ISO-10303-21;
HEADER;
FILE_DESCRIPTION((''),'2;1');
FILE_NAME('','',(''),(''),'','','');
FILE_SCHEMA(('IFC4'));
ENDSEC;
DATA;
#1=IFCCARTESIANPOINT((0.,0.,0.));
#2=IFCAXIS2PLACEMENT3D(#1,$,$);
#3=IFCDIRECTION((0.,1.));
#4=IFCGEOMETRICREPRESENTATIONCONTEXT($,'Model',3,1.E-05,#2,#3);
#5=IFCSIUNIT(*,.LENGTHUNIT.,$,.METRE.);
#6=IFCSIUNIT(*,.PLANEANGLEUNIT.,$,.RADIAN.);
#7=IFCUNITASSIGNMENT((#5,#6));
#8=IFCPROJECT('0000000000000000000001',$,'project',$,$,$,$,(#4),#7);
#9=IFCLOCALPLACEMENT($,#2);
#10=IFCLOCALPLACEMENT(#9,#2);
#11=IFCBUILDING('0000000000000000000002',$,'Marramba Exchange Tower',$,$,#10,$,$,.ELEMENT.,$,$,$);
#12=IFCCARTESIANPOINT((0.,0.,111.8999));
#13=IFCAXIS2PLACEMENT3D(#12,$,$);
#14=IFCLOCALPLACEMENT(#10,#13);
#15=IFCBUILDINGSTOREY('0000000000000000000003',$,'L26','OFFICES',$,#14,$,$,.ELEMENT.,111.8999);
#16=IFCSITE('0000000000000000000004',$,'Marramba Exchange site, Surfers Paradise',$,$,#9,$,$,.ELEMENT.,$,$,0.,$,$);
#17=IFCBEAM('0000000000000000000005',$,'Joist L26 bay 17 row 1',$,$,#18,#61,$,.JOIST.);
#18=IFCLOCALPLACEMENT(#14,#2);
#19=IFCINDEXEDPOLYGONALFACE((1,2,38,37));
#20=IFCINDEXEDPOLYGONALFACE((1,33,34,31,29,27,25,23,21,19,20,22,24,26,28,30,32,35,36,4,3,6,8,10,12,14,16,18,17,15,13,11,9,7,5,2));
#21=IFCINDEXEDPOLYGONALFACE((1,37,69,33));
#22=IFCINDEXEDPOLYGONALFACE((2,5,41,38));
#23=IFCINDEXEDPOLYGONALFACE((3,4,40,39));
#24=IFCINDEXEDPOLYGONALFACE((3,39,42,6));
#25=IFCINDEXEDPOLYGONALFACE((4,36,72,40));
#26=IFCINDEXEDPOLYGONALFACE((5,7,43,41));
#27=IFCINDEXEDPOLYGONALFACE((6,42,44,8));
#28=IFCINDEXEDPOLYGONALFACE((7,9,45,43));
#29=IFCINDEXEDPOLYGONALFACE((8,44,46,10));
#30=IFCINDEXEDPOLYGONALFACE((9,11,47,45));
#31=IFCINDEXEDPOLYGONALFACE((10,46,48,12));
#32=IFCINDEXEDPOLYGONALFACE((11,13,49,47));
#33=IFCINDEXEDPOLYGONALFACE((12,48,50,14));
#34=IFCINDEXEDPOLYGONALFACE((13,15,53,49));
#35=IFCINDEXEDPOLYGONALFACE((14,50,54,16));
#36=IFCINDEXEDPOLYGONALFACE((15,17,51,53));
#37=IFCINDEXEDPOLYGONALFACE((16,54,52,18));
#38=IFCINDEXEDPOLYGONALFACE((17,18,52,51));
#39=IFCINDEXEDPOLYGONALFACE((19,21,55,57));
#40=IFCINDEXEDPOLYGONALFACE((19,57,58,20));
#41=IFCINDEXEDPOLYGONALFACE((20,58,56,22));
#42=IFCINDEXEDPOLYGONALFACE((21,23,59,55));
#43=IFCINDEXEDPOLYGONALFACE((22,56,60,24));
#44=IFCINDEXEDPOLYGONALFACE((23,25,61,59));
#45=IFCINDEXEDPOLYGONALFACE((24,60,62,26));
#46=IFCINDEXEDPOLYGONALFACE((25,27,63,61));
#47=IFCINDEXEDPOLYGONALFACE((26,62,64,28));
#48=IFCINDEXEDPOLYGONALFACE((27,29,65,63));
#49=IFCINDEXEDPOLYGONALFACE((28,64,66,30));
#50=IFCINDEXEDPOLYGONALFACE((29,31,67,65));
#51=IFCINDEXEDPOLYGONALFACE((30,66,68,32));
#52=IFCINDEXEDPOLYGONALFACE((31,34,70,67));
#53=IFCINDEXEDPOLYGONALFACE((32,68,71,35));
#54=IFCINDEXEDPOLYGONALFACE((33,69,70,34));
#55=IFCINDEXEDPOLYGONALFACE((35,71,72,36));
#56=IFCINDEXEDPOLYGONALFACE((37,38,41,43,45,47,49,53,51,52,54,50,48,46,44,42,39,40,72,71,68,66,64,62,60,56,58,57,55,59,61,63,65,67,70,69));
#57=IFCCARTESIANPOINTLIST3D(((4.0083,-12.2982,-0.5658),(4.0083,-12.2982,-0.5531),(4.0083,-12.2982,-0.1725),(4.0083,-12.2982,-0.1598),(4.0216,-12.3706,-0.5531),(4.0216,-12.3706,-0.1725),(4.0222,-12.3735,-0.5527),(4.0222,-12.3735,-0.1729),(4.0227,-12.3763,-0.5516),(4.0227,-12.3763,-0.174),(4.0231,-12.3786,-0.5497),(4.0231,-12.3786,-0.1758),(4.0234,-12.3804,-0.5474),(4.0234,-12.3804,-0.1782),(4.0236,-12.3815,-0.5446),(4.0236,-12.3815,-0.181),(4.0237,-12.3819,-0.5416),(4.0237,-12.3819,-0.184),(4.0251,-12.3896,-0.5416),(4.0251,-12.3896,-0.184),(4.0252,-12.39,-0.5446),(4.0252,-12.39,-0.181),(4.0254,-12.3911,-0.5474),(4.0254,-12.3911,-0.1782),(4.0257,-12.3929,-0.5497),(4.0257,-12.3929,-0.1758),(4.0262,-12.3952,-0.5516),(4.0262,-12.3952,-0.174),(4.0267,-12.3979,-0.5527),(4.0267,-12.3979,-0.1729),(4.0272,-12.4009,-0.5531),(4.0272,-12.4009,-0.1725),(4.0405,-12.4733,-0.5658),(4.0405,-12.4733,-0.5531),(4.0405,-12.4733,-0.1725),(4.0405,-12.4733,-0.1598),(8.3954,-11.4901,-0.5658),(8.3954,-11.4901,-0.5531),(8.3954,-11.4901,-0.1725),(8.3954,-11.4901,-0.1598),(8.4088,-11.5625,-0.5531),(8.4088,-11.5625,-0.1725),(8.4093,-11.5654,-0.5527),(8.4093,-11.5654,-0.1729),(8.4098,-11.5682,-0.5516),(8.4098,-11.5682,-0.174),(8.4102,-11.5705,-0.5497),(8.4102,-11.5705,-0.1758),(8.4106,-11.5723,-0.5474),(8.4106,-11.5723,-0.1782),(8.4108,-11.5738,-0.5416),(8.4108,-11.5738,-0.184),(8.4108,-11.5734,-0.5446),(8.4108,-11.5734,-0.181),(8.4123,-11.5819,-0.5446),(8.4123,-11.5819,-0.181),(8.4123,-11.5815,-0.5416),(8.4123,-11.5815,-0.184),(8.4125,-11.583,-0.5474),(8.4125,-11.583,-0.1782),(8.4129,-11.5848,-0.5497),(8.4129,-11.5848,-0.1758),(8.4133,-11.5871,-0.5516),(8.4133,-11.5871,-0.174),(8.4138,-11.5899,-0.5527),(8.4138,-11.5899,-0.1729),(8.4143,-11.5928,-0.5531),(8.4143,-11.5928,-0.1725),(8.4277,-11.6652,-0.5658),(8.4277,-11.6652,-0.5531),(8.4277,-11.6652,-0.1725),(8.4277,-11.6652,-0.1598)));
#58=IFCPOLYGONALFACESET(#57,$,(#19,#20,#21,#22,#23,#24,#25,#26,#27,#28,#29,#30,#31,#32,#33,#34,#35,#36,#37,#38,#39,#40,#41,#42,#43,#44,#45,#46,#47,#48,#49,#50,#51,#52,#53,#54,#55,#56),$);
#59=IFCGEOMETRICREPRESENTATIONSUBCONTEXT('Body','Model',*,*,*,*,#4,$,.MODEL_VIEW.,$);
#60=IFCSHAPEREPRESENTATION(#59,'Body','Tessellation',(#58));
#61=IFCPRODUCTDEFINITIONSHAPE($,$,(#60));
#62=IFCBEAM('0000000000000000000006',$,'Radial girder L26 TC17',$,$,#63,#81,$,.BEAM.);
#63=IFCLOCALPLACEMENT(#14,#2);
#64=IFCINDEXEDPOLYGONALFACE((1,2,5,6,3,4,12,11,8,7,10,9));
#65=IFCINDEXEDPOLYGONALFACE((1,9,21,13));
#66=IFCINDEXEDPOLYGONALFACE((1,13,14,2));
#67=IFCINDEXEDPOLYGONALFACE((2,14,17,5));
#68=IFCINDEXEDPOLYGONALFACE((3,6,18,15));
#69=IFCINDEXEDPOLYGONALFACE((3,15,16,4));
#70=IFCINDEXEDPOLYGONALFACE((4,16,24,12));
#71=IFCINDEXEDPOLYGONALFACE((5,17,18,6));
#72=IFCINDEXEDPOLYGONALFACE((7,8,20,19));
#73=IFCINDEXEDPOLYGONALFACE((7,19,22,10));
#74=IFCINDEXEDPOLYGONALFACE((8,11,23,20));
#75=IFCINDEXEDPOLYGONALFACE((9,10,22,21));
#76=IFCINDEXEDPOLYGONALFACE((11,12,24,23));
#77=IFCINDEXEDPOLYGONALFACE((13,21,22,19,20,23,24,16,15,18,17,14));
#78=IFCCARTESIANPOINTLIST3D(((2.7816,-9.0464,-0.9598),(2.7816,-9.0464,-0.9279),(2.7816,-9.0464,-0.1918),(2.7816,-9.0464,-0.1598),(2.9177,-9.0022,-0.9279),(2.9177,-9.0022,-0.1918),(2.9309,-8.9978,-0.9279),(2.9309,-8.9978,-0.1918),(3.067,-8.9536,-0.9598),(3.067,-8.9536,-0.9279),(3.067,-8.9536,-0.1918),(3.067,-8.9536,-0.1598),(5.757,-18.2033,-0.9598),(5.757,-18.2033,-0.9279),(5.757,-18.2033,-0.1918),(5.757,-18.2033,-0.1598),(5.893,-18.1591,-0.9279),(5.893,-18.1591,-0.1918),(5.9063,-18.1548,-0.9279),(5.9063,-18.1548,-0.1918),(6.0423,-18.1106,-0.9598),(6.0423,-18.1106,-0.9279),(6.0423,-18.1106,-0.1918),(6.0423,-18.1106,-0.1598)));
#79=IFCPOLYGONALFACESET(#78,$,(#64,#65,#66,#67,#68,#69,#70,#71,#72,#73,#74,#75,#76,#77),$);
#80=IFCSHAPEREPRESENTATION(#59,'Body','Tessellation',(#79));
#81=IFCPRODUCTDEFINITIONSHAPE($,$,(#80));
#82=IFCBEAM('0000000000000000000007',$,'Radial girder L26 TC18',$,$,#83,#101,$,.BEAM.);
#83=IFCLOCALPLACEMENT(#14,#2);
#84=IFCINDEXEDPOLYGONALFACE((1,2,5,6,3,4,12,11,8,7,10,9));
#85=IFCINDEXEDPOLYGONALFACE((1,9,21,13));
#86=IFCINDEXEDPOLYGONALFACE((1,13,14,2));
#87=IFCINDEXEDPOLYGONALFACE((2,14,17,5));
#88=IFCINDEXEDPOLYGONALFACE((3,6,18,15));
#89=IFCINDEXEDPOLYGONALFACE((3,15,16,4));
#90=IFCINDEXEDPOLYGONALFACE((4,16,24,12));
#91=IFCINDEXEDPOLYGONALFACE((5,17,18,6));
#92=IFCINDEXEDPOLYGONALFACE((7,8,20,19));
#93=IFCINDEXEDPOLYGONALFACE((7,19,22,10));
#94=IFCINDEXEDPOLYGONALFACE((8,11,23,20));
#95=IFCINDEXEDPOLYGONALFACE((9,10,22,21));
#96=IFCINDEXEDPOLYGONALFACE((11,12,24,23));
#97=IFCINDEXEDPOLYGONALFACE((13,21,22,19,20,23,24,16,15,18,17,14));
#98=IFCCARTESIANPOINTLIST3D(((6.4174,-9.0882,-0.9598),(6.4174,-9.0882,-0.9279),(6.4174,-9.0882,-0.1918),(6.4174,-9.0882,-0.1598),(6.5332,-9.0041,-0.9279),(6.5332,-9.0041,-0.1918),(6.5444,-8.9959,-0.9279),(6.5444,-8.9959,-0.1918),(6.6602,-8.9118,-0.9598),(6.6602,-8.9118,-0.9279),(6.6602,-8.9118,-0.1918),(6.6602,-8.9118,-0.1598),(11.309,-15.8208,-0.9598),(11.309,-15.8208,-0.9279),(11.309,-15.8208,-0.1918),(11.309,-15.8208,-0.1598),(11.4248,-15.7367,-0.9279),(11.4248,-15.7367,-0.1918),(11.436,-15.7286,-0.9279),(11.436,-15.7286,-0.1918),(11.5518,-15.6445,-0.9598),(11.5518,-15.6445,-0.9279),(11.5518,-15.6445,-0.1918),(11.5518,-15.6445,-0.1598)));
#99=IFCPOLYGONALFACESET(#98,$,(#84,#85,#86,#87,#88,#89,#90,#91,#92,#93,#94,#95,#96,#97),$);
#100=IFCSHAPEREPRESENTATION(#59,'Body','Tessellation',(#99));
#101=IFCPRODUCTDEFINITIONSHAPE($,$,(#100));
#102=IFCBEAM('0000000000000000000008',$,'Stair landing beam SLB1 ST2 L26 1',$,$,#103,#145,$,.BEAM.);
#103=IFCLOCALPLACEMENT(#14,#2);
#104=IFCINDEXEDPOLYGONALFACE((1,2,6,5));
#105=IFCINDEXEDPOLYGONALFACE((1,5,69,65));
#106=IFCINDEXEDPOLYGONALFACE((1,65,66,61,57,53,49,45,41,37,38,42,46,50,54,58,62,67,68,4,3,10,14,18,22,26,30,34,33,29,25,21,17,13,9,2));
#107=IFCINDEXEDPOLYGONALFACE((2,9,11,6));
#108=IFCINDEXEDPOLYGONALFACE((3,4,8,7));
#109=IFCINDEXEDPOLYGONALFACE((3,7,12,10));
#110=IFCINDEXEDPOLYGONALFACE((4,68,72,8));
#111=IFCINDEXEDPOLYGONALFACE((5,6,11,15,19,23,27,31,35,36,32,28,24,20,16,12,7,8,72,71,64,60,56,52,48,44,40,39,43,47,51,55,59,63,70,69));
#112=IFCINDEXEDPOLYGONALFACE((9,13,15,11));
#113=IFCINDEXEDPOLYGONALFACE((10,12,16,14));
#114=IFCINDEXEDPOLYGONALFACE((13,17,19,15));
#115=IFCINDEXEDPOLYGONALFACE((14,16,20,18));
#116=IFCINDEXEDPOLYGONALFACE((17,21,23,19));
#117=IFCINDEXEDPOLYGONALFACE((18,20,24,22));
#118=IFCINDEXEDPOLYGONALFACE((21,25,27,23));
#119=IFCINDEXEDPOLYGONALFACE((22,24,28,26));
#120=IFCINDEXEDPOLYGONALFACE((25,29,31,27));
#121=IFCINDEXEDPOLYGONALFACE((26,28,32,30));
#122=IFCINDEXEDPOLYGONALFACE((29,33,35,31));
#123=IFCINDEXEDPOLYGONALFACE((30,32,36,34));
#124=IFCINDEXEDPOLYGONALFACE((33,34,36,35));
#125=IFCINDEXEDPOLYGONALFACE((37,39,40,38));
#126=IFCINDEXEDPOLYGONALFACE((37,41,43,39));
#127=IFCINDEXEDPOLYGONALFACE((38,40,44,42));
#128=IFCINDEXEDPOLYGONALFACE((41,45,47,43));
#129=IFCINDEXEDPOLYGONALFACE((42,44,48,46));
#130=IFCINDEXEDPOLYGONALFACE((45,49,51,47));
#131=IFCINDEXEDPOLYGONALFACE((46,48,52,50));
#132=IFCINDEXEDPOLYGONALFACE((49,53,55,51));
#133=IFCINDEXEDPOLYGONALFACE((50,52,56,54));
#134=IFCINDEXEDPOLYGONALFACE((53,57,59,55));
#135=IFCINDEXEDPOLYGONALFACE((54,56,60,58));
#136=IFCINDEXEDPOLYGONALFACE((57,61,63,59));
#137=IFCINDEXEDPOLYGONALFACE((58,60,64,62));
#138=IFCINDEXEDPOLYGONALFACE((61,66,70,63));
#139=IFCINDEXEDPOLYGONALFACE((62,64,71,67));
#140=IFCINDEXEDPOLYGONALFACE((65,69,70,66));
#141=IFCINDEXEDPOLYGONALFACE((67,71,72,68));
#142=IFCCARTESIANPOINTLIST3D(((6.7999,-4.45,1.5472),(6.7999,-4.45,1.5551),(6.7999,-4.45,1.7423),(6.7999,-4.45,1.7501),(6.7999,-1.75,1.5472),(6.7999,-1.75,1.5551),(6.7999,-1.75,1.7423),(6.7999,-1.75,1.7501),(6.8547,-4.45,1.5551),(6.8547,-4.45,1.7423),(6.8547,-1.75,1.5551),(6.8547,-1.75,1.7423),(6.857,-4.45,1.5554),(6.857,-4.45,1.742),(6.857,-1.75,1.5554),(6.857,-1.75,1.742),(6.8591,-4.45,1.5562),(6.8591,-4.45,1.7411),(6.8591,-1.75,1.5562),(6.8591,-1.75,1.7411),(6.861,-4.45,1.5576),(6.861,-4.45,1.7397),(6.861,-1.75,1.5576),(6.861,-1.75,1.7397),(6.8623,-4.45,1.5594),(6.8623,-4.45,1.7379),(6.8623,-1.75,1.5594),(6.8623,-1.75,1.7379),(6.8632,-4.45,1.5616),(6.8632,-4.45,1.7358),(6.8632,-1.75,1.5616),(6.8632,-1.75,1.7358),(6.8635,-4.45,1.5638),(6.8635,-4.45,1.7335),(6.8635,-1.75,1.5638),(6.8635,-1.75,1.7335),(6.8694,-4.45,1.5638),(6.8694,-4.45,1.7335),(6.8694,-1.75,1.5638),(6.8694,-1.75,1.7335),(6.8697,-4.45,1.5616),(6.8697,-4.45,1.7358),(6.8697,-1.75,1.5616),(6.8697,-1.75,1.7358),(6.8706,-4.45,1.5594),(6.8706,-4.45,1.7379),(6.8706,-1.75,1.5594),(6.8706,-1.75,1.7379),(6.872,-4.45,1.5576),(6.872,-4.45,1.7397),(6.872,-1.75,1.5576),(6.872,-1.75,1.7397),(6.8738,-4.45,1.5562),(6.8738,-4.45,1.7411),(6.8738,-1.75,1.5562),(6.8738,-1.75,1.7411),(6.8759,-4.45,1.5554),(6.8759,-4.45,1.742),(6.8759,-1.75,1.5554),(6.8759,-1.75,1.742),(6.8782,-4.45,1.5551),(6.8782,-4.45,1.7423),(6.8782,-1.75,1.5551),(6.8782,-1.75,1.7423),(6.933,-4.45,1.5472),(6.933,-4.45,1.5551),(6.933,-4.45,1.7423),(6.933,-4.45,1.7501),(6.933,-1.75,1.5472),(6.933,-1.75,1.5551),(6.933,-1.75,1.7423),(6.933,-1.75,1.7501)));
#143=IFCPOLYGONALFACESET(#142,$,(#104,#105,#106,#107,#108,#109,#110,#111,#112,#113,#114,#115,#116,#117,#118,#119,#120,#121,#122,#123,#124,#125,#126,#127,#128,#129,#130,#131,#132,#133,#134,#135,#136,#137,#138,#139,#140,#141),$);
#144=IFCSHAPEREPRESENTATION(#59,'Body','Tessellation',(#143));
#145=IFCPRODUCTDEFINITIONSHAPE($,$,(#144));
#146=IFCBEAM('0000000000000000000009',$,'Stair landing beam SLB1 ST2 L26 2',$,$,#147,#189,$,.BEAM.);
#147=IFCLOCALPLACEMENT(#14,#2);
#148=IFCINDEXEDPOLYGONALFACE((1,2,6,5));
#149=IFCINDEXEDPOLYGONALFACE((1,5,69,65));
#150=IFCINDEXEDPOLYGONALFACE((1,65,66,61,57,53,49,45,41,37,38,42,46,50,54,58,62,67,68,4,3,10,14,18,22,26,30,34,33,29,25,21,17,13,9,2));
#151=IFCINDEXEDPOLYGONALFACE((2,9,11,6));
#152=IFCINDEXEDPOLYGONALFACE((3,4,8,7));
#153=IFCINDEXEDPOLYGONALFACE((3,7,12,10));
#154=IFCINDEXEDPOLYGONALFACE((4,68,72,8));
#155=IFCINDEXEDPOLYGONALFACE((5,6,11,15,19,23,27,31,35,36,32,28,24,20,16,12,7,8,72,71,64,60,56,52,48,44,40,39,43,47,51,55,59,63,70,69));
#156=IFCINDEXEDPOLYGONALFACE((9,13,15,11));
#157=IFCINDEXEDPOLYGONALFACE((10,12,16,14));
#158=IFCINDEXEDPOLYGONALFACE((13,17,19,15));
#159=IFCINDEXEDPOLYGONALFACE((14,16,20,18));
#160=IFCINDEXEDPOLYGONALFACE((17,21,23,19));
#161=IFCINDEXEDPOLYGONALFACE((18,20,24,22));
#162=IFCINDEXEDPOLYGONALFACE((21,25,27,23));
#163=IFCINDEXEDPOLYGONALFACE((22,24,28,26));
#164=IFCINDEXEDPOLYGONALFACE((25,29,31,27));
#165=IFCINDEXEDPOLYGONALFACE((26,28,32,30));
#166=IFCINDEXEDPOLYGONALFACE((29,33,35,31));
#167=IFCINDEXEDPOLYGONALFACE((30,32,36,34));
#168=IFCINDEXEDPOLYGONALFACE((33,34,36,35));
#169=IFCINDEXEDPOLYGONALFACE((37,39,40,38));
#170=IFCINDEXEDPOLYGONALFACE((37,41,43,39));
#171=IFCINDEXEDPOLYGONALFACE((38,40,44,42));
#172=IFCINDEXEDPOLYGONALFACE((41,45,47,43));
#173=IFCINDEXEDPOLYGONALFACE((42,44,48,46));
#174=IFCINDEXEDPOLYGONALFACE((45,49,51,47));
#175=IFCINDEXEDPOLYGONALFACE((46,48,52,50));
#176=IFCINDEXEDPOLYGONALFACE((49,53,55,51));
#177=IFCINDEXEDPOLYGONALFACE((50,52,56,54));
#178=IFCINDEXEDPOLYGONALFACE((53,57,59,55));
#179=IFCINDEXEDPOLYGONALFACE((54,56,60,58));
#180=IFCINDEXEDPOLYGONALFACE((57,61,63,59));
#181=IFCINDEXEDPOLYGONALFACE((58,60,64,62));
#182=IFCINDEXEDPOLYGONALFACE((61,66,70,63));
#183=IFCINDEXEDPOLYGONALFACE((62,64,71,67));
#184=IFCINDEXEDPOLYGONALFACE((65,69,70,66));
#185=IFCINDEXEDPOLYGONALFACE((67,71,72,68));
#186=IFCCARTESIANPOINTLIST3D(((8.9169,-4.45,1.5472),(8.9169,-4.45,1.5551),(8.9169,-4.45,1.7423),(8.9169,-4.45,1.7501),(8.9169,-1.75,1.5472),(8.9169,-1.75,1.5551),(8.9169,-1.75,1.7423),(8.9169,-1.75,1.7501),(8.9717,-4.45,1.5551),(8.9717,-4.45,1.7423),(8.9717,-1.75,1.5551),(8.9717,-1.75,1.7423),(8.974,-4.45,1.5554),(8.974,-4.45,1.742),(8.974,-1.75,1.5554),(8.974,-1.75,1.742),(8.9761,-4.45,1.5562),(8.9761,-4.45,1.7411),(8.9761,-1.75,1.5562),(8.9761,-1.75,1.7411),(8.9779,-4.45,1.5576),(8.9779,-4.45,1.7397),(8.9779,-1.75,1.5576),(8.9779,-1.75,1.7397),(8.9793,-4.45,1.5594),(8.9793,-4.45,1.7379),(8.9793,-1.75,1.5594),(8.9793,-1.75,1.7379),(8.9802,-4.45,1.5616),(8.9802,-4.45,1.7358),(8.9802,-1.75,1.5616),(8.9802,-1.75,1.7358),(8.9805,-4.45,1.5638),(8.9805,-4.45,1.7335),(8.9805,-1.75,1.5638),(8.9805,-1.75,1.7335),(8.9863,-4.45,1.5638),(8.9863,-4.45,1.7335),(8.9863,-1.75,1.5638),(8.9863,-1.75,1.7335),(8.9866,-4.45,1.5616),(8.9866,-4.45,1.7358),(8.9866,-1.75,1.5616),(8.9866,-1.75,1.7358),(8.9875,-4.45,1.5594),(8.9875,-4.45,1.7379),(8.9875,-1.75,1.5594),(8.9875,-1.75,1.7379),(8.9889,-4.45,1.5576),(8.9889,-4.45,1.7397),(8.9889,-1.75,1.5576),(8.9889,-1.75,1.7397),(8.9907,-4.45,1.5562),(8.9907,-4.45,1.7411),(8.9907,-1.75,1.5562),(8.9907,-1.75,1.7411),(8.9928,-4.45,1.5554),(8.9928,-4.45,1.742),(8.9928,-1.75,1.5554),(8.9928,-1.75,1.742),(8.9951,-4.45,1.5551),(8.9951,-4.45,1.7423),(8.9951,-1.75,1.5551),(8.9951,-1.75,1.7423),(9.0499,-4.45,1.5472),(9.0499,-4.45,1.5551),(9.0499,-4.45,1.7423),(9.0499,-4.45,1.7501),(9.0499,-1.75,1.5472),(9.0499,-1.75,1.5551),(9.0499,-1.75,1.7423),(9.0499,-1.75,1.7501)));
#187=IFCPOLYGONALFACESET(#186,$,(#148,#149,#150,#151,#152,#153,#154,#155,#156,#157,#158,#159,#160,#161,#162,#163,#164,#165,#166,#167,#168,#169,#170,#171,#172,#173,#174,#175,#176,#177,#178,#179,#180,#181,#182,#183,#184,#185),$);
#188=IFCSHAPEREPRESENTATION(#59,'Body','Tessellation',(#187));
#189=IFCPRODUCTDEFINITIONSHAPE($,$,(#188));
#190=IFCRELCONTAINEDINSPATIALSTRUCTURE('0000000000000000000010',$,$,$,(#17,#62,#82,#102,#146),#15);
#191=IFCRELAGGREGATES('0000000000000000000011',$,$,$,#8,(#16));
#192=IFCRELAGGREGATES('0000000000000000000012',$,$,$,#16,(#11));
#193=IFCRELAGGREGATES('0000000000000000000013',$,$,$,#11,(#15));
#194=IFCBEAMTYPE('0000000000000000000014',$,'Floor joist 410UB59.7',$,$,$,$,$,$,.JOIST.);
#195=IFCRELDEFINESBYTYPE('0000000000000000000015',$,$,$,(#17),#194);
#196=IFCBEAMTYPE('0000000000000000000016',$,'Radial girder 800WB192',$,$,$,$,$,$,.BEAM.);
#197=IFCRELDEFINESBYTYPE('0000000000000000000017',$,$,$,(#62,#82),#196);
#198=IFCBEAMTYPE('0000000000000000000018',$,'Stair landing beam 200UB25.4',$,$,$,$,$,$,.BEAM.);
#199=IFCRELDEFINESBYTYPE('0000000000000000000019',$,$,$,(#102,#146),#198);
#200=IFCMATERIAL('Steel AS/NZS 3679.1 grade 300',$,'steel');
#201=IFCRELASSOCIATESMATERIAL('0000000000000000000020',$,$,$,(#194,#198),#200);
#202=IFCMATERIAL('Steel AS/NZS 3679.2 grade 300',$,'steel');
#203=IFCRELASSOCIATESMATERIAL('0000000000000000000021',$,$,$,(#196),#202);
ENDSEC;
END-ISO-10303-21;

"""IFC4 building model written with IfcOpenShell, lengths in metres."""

from ifc_helpers import new_model, si_unit, direction, frame, origin, origin_2d, place, context, subcontext, project, spatial, i_section, extrude, material, material_profile, profile_set, type_object, element, save


model = new_model("IFC4")

# Units and contexts
model_context = context("Model", 3, precision=1e-05, world=origin(), true_north=direction((0.0, 1.0)))
body_context = subcontext(model_context, "Body", "Model", "MODEL_VIEW")
ifc_project = project(units=[si_unit("LENGTHUNIT", "METRE"), si_unit("PLANEANGLEUNIT", "RADIAN")], contexts=[model_context])

# Site, building, storey
site_placement = place(None, origin())
site = spatial("IfcSite", under=ifc_project, at=site_placement, Name="Marramba Exchange site, Surfers Paradise", CompositionType="ELEMENT", RefElevation=0.0)
building_placement = place(site_placement, origin())
building = spatial("IfcBuilding", under=site, at=building_placement, Name="Marramba Exchange Tower", CompositionType="ELEMENT")
storey_placement = place(building_placement, frame((0.0, 0.0, 111.8999)))
storey = spatial("IfcBuildingStorey", under=building, at=storey_placement, Name="L26", Description="OFFICES", CompositionType="ELEMENT", Elevation=111.8999)

# Beams
ifc_material_1 = material(Name="Steel AS/NZS 3679.1 grade 300", Category="steel")
ifc_material_profile_1 = material_profile(ifc_material_1, i_section(OverallWidth=0.178, OverallDepth=0.406, WebThickness=0.0078, FlangeThickness=0.0127, FilletRadius=0.0115, at=origin_2d()), Name="410UB59.7")
ifc_profile_set_1 = profile_set([ifc_material_profile_1], Name="Steel AS/NZS 3679.1 grade 300")
beam_type_1 = type_object("IfcBeamType", Name="Floor joist 410UB59.7", PredefinedType="JOIST", material=ifc_profile_set_1)
beam_1_placement = place(storey_placement, frame((4.0244, -12.3857, -0.3628), z_axis=(0.983456, 0.181149, 0.0), x_axis=(-0.181149, 0.983456, 0.0)))
element("IfcBeam", 1, at=beam_1_placement, inside=storey, type_object=beam_type_1, Name="Joist L26 bay 17 row 1", PredefinedType="JOIST", context=body_context, shape_type="SweptSolid", body=[
    extrude(i_section(OverallWidth=0.178, OverallDepth=0.406, WebThickness=0.0078, FlangeThickness=0.0127, FilletRadius=0.0115, at=origin_2d()), origin(), (0.0, 0.0, 1.0), 4.4609),
])
ifc_material_2 = material(Name="Steel AS/NZS 3679.2 grade 300", Category="steel")
ifc_material_profile_2 = material_profile(ifc_material_2, i_section(OverallWidth=0.3, OverallDepth=0.8, WebThickness=0.0139, FlangeThickness=0.032, at=origin_2d()), Name="800WB192")
ifc_profile_set_2 = profile_set([ifc_material_profile_2], Name="Steel AS/NZS 3679.2 grade 300")
beam_type_2 = type_object("IfcBeamType", Name="Radial girder 800WB192", PredefinedType="BEAM", material=ifc_profile_set_2)
beam_2_placement = place(storey_placement, frame((2.9243, -9.0, -0.5598), z_axis=(0.309022, -0.951055, 0.0), x_axis=(0.951055, 0.309022, 0.0)))
element("IfcBeam", 2, at=beam_2_placement, inside=storey, type_object=beam_type_2, Name="Radial girder L26 TC17", PredefinedType="BEAM", context=body_context, shape_type="SweptSolid", body=[
    extrude(i_section(OverallWidth=0.3, OverallDepth=0.8, WebThickness=0.0139, FlangeThickness=0.032, at=origin_2d()), origin(), (0.0, 0.0, 1.0), 9.6282),
])
beam_3_placement = place(storey_placement, frame((6.5388, -9.0, -0.5598), z_axis=(0.587788, -0.809015, 0.0), x_axis=(0.809015, 0.587788, 0.0)))
element("IfcBeam", 3, at=beam_3_placement, inside=storey, type_object=beam_type_2, Name="Radial girder L26 TC18", PredefinedType="BEAM", context=body_context, shape_type="SweptSolid", body=[
    extrude(i_section(OverallWidth=0.3, OverallDepth=0.8, WebThickness=0.0139, FlangeThickness=0.032, at=origin_2d()), origin(), (0.0, 0.0, 1.0), 8.322),
])
ifc_material_profile_3 = material_profile(ifc_material_1, i_section(OverallWidth=0.1331, OverallDepth=0.2029, WebThickness=0.0059, FlangeThickness=0.0078, FilletRadius=0.0088, at=origin_2d()), Name="200UB25.4")
ifc_profile_set_3 = profile_set([ifc_material_profile_3], Name="Steel AS/NZS 3679.1 grade 300")
beam_type_3 = type_object("IfcBeamType", Name="Stair landing beam 200UB25.4", PredefinedType="BEAM", material=ifc_profile_set_3)
for number, where, z_axis, x_axis, name in (
    (4, (6.8665, -4.45, 1.6487), (0.0, 1.0, 0.0), (-1.0, 0.0, 0.0), "Stair landing beam SLB1 ST2 L26 1"),
    (5, (8.9834, -4.45, 1.6487), (0.0, 1.0, 0.0), (-1.0, 0.0, 0.0), "Stair landing beam SLB1 ST2 L26 2"),
):
    element("IfcBeam", number, at=place(storey_placement, frame(where, z_axis=z_axis, x_axis=x_axis)), inside=storey, type_object=beam_type_3, Name=name, PredefinedType="BEAM", context=body_context, shape_type="SweptSolid", body=[
        extrude(i_section(OverallWidth=0.1331, OverallDepth=0.2029, WebThickness=0.0059, FlangeThickness=0.0078, FilletRadius=0.0088, at=origin_2d()), origin(), (0.0, 0.0, 1.0), 2.7),
    ])

save(model, "model.ifc")
